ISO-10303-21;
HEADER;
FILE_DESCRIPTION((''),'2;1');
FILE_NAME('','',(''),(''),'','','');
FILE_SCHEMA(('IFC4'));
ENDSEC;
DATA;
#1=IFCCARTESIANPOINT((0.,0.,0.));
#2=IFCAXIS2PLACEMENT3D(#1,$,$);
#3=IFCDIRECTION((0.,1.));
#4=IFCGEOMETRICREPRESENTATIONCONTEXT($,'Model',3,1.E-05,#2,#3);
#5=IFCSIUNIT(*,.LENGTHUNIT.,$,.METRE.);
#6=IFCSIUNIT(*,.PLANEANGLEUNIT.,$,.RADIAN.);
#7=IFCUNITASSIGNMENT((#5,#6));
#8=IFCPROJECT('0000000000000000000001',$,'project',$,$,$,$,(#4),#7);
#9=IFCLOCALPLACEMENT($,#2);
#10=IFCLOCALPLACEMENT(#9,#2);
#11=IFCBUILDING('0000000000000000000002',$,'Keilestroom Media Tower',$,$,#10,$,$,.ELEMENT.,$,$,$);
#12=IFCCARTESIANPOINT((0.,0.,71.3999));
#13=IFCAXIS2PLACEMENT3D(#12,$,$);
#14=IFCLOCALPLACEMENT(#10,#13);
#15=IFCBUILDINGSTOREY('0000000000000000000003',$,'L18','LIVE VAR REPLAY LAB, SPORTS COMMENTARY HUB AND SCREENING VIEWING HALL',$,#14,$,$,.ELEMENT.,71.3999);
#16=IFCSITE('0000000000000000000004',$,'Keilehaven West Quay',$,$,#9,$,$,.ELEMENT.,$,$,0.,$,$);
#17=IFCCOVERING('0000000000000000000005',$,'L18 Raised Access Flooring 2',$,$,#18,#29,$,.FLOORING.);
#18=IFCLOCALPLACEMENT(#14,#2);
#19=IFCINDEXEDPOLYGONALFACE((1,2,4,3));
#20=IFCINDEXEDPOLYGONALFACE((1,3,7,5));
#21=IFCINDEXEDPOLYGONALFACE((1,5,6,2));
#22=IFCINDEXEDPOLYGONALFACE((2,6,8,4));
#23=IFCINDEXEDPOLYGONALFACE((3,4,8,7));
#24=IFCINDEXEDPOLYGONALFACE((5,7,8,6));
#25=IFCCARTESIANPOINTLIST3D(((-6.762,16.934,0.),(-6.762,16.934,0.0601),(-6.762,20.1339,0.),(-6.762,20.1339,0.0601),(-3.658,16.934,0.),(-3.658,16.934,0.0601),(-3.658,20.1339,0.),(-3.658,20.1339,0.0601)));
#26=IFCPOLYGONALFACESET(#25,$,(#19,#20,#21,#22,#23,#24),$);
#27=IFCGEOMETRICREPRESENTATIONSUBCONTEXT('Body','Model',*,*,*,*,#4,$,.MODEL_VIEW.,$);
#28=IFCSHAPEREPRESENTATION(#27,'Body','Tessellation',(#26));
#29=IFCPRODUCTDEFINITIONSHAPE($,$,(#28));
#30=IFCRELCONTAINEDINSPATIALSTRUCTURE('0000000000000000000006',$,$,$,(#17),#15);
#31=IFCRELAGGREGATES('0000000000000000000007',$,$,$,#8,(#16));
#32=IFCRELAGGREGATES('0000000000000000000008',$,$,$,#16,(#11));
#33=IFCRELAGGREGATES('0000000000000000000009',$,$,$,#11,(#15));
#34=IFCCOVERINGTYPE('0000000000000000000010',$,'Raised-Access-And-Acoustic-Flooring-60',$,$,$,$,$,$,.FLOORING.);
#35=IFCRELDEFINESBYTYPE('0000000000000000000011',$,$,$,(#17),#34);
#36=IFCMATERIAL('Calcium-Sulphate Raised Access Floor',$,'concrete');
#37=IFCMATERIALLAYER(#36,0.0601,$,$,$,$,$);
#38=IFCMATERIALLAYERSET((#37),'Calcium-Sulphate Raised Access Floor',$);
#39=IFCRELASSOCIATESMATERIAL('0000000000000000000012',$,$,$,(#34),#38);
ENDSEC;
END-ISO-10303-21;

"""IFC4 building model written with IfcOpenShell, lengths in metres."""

from ifc_helpers import new_model, si_unit, direction, frame, origin, origin_2d, place, context, subcontext, project, spatial, rectangle, extrude, source, transform, mapped, material, layer, layer_set, type_object, element, save


model = new_model("IFC4")

# Units and contexts
model_context = context("Model", 3, precision=1e-05, world=origin(), true_north=direction((0.0, 1.0)))
body_context = subcontext(model_context, "Body", "Model", "MODEL_VIEW")
ifc_project = project(units=[si_unit("LENGTHUNIT", "METRE"), si_unit("PLANEANGLEUNIT", "RADIAN")], contexts=[model_context])

# Site, building, storey
site_placement = place(None, origin())
site = spatial("IfcSite", under=ifc_project, at=site_placement, Name="Keilehaven West Quay", CompositionType="ELEMENT", RefElevation=0.0)
building_placement = place(site_placement, origin())
building = spatial("IfcBuilding", under=site, at=building_placement, Name="Keilestroom Media Tower", CompositionType="ELEMENT")
storey_placement = place(building_placement, frame((0.0, 0.0, 71.3999)))
storey = spatial("IfcBuildingStorey", under=building, at=storey_placement, Name="L18", Description="LIVE VAR REPLAY LAB, SPORTS COMMENTARY HUB AND SCREENING VIEWING HALL", CompositionType="ELEMENT", Elevation=71.3999)

# Covering
ifc_material_1 = material(Name="Calcium-Sulphate Raised Access Floor", Category="concrete")
ifc_layer_1 = layer(ifc_material_1, 0.0601)
ifc_layer_set_1 = layer_set([ifc_layer_1], Name="Calcium-Sulphate Raised Access Floor")
covering_type_1 = type_object("IfcCoveringType", Name="Raised-Access-And-Acoustic-Flooring-60", PredefinedType="FLOORING", material=ifc_layer_set_1)
shared_shape_1 = source(origin(), body_context, "Body", "SweptSolid", [
    extrude(rectangle(XDim=3.104, YDim=3.2, at=origin_2d()), origin(), (0.0, 0.0, 1.0), 0.0601),
])
covering_1_placement = place(storey_placement, frame((-5.21, 18.5339, 0.0), z_axis=(0.0, 0.0, 1.0), x_axis=(1.0, 0.0, 0.0)))
element("IfcCovering", 1, at=covering_1_placement, inside=storey, type_object=covering_type_1, Name="L18 Raised Access Flooring 2", PredefinedType="FLOORING", context=body_context, shape_type="MappedRepresentation", body=[
    mapped(shared_shape_1, transform((0.0, 0.0, 0.0), x_axis=(1.0, 0.0, 0.0), y_axis=(0.0, 1.0, 0.0), z_axis=(0.0, 0.0, 1.0), scale=1.0)),
])

save(model, "model.ifc")
